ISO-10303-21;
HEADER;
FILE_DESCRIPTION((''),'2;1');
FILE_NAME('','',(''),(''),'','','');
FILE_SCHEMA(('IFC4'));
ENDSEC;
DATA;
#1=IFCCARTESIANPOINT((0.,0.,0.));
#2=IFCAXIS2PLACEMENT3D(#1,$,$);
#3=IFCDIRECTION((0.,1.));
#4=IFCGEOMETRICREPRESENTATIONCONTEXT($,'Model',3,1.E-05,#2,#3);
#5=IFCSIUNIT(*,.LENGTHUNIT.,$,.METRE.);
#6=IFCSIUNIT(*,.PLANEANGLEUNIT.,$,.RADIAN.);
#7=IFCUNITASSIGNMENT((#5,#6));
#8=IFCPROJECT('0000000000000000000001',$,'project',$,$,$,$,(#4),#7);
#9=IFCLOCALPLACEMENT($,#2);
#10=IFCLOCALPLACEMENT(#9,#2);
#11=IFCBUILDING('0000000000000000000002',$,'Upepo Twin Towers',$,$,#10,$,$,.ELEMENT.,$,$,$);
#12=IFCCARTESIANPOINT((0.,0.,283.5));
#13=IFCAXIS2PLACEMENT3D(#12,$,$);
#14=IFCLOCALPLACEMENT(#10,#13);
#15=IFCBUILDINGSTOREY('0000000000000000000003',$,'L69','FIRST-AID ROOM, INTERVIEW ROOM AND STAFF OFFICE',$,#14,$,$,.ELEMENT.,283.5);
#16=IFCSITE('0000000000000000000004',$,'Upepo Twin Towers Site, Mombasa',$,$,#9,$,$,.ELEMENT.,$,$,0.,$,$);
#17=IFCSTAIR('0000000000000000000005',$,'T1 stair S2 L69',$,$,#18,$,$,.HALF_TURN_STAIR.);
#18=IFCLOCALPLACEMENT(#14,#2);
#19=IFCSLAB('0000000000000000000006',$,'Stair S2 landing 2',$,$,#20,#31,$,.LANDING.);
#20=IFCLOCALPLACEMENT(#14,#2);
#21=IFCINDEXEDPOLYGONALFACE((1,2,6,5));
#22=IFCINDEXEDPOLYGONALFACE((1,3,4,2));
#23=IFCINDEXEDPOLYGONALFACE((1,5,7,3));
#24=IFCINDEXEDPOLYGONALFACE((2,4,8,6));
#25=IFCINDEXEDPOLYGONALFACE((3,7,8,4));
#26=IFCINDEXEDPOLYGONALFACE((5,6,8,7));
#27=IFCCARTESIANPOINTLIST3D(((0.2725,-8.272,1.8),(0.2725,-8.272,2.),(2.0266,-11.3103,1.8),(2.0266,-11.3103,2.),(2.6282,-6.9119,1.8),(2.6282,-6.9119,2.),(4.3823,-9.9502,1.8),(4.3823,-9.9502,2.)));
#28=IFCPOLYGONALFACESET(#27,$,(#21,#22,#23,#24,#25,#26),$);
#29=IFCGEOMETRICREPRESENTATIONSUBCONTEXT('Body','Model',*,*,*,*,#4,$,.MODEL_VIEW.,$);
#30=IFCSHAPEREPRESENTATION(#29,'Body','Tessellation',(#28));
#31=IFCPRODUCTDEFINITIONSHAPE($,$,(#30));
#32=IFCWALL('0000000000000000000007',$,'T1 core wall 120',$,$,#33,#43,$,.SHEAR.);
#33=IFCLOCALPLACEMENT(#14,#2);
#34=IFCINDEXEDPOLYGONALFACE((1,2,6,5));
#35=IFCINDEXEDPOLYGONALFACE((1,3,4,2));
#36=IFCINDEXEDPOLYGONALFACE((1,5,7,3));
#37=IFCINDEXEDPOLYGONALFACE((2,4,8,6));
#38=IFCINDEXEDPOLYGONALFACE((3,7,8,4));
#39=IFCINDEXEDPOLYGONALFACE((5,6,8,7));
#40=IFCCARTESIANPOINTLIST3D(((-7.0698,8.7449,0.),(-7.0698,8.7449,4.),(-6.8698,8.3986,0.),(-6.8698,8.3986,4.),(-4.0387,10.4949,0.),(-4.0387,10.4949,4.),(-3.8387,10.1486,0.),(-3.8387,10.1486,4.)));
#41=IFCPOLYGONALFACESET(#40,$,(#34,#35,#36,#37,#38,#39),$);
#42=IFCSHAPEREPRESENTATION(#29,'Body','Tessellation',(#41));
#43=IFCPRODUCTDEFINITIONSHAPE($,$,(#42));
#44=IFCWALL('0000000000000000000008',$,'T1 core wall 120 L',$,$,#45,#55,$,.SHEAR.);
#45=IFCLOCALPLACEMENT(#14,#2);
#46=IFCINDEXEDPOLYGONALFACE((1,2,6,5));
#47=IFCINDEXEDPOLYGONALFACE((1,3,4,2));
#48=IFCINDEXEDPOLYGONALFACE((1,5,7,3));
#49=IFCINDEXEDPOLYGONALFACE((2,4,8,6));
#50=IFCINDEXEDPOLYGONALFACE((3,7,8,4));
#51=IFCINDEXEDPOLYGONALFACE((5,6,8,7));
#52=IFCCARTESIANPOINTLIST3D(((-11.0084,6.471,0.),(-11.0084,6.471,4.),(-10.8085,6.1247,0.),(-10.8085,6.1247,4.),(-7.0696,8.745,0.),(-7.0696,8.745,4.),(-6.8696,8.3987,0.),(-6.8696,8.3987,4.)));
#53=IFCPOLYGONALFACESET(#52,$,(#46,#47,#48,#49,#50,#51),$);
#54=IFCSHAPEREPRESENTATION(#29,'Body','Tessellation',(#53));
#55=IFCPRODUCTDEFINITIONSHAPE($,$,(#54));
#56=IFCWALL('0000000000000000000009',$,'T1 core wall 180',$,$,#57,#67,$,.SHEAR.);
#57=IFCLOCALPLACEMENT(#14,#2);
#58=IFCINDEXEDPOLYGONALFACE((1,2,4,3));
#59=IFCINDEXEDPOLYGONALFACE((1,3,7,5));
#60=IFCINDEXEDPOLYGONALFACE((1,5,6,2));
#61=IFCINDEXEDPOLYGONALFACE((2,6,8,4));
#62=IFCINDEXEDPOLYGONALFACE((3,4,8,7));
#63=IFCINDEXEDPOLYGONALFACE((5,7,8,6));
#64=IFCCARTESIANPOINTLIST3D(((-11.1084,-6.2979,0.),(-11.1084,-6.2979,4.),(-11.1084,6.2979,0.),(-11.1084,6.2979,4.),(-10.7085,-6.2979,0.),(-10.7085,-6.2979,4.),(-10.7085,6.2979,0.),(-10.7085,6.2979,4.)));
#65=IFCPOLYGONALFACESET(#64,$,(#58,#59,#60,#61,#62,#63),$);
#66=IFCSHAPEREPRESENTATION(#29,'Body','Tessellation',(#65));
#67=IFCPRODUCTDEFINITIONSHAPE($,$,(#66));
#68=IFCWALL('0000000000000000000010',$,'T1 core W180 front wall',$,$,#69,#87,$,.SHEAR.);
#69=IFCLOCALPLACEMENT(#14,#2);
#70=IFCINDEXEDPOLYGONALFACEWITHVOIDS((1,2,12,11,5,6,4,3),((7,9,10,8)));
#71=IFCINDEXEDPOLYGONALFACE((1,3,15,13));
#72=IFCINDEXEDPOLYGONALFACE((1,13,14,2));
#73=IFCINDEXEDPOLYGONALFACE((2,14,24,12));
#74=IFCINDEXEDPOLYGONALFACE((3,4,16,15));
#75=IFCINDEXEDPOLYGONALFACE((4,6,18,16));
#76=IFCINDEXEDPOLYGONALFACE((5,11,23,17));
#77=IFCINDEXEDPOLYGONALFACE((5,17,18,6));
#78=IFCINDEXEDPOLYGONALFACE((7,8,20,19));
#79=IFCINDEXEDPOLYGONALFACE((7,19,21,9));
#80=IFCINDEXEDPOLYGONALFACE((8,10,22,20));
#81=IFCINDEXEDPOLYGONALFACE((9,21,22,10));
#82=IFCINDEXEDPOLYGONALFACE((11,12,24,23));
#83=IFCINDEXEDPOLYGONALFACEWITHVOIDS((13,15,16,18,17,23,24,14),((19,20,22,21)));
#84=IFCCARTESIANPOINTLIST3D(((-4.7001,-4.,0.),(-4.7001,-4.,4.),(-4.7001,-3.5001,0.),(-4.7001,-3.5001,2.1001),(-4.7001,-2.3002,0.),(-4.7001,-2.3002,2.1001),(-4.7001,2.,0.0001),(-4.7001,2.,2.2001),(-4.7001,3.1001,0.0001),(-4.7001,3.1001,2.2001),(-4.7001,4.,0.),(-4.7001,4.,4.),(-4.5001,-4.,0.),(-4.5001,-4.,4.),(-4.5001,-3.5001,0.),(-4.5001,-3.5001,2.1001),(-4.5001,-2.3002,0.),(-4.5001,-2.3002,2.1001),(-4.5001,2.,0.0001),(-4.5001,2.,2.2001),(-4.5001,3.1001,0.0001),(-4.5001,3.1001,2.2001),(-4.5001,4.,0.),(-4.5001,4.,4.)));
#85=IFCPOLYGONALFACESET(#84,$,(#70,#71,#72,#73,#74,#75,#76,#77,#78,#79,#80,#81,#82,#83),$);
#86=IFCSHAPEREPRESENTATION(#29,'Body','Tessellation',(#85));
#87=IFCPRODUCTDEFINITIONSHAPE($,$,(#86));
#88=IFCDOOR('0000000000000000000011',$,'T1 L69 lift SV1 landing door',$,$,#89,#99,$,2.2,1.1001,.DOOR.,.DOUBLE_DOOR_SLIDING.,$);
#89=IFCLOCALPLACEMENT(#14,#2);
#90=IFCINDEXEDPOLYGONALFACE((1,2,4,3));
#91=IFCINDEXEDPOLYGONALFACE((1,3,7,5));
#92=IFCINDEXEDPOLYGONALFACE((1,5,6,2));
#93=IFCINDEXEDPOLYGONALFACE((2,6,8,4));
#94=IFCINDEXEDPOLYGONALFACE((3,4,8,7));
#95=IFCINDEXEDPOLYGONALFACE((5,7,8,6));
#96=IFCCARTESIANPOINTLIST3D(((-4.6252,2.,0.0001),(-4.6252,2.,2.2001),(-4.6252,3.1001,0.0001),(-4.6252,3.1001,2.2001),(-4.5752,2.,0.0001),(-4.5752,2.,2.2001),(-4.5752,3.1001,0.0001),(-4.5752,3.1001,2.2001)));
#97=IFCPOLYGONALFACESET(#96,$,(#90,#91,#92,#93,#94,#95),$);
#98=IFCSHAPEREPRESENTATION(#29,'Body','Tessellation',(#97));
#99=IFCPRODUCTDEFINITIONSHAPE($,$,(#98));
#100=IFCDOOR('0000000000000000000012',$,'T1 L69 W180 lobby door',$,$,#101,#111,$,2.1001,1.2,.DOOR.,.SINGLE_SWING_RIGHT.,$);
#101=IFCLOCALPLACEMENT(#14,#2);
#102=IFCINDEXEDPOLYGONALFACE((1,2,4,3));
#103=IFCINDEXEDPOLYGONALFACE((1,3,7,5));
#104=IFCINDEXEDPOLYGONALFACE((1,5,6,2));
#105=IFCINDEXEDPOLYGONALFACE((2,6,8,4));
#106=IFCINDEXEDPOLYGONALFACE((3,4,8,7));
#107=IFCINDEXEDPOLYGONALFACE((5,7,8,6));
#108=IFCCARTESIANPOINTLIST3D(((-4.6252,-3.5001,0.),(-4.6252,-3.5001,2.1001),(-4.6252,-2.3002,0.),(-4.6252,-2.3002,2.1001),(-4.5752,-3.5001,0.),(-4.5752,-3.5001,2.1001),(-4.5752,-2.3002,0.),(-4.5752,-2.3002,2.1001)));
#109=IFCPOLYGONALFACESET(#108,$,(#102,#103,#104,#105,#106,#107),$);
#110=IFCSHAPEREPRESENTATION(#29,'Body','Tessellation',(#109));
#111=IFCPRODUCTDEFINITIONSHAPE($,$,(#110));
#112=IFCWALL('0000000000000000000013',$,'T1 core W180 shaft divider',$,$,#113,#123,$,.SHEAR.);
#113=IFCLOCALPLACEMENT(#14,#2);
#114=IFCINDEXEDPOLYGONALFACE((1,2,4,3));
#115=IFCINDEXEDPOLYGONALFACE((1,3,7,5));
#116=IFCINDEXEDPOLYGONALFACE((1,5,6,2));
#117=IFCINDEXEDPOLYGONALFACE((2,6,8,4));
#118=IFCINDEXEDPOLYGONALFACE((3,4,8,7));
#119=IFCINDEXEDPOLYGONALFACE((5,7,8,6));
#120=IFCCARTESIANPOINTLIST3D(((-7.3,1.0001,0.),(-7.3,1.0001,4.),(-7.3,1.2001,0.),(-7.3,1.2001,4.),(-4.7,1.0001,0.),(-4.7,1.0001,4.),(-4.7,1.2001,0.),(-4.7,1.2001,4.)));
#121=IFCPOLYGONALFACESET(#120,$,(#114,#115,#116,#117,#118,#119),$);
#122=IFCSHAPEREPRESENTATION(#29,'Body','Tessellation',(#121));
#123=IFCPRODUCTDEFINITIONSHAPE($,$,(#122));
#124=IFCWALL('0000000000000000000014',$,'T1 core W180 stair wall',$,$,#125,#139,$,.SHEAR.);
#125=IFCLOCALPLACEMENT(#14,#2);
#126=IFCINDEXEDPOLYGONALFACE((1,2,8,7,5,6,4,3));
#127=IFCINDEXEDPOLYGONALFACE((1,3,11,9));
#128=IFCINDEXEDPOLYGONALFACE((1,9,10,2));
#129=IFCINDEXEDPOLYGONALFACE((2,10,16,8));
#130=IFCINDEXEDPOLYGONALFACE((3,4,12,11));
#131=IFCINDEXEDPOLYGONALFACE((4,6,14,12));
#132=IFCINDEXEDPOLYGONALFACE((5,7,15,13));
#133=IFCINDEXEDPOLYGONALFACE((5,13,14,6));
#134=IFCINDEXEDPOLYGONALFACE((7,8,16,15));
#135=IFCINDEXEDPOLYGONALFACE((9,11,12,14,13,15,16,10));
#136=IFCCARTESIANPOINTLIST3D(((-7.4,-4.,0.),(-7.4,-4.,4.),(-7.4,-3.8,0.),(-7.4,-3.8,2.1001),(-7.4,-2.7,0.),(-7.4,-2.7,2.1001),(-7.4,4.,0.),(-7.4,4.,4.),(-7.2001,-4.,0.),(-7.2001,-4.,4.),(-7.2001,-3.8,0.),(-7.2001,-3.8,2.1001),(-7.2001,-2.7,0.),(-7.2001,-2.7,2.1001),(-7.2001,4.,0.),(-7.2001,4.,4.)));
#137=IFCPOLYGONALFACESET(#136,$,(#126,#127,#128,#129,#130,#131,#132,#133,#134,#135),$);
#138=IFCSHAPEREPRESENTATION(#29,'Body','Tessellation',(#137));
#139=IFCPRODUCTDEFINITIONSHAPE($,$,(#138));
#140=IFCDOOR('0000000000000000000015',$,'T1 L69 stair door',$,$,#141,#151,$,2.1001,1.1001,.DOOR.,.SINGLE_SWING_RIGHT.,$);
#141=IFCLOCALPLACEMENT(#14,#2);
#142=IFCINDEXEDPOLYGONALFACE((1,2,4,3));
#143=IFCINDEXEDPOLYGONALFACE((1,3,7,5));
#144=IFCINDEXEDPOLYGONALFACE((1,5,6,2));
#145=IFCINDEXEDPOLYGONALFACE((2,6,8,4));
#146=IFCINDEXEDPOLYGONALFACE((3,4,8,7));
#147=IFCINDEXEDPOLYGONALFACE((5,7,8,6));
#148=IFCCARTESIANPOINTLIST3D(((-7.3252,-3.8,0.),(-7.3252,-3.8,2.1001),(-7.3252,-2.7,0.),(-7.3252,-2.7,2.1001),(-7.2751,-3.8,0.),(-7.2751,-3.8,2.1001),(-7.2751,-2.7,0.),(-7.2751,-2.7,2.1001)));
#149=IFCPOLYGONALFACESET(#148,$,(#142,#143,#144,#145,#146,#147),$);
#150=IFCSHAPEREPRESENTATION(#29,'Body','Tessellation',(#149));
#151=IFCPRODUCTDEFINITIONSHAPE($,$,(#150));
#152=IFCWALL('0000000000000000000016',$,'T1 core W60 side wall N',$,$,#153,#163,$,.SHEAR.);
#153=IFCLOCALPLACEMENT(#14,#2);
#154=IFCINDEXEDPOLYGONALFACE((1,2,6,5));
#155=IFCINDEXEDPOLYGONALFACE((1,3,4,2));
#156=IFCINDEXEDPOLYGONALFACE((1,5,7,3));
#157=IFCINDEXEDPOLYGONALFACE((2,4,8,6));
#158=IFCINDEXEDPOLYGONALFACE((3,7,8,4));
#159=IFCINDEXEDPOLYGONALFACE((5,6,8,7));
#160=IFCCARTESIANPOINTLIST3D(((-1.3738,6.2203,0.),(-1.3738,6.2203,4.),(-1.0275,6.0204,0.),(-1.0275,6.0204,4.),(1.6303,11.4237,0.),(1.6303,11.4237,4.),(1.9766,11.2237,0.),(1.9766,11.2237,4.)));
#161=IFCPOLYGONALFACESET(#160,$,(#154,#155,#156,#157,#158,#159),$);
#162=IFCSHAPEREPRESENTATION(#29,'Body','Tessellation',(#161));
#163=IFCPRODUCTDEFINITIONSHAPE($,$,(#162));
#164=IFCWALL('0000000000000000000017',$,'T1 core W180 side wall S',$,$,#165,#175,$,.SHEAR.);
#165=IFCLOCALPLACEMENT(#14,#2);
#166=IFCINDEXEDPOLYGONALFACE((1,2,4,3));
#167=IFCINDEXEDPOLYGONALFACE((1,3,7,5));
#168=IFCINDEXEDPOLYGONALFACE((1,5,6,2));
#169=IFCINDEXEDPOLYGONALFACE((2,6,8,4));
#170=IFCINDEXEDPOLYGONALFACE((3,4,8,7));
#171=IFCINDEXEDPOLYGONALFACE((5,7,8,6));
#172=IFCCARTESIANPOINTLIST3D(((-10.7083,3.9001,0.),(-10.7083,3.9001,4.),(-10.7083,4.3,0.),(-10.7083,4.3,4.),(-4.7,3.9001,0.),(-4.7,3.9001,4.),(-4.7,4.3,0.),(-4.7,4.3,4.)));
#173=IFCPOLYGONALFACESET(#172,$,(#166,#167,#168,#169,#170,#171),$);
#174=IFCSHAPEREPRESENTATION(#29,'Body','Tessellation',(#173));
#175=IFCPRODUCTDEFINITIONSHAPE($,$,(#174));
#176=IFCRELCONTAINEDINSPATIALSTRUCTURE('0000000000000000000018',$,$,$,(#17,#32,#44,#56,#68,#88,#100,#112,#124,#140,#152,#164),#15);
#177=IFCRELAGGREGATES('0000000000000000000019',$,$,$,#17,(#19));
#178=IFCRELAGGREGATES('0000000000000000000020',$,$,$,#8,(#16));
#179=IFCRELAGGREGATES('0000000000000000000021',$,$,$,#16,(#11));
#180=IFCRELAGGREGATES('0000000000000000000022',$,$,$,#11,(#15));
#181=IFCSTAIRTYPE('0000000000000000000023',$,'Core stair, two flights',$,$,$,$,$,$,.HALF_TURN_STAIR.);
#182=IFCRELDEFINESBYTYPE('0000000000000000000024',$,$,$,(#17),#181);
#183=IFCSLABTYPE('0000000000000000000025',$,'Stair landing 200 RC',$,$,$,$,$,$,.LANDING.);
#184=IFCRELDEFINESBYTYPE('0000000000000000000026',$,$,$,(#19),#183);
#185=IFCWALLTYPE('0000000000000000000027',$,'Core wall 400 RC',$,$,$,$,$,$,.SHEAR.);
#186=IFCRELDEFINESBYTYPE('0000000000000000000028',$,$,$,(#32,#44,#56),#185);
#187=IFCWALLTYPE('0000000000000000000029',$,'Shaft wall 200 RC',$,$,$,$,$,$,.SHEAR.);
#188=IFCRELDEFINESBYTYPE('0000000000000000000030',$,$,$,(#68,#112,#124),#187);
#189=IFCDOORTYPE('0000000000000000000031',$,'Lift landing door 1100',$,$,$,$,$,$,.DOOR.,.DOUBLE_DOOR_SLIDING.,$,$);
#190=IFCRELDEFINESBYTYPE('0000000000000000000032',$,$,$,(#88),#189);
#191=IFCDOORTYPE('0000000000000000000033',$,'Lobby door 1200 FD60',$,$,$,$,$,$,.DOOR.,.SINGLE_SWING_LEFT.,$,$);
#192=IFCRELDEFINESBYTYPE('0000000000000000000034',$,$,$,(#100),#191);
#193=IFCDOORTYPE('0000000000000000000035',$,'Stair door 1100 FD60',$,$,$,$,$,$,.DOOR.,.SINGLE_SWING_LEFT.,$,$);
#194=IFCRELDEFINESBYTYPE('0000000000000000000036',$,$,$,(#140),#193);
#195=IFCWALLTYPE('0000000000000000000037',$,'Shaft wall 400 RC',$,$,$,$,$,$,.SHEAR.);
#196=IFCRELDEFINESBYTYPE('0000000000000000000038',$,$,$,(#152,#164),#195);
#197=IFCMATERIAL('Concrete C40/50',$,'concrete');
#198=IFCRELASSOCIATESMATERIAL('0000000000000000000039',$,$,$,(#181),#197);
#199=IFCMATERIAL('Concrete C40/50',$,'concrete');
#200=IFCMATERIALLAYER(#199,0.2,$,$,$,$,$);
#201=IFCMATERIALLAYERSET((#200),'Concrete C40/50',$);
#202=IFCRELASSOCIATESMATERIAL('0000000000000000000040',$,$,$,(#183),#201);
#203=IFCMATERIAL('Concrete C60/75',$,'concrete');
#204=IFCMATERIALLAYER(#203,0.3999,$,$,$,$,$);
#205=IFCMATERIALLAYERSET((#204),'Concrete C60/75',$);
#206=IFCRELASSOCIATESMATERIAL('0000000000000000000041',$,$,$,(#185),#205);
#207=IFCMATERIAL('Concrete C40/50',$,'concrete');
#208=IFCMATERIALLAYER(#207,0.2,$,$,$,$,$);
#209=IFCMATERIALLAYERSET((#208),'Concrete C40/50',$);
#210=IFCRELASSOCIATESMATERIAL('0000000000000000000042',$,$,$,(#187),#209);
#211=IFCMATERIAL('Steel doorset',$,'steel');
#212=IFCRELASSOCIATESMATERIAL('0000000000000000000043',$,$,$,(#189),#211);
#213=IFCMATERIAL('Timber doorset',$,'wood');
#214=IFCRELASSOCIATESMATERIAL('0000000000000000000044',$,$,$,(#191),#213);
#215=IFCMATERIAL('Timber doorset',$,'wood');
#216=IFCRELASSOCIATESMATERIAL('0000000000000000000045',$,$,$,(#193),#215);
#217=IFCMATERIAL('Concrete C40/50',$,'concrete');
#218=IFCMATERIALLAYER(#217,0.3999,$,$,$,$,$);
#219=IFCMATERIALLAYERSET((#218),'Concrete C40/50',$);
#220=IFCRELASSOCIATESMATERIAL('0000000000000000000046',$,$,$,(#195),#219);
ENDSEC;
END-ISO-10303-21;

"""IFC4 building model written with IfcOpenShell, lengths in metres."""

from ifc_helpers import new_model, si_unit, direction, frame, frame_2d, origin, place, context, subcontext, project, spatial, polyline, rectangle, outline, extrude, material, layer, layer_set, type_object, element, fill, aggregate, save


model = new_model("IFC4")

# Units and contexts
model_context = context("Model", 3, precision=1e-05, world=origin(), true_north=direction((0.0, 1.0)))
body_context = subcontext(model_context, "Body", "Model", "MODEL_VIEW")
ifc_project = project(units=[si_unit("LENGTHUNIT", "METRE"), si_unit("PLANEANGLEUNIT", "RADIAN")], contexts=[model_context])

# Site, building, storey
site_placement = place(None, origin())
site = spatial("IfcSite", under=ifc_project, at=site_placement, Name="Upepo Twin Towers Site, Mombasa", CompositionType="ELEMENT", RefElevation=0.0)
building_placement = place(site_placement, origin())
building = spatial("IfcBuilding", under=site, at=building_placement, Name="Upepo Twin Towers", CompositionType="ELEMENT")
storey_placement = place(building_placement, frame((0.0, 0.0, 283.5)))
storey = spatial("IfcBuildingStorey", under=building, at=storey_placement, Name="L69", Description="FIRST-AID ROOM, INTERVIEW ROOM AND STAFF OFFICE", CompositionType="ELEMENT", Elevation=283.5)

# Stair, slab
ifc_material_1 = material(Name="Concrete C40/50", Category="concrete")
stair_type = type_object("IfcStairType", Name="Core stair, two flights", PredefinedType="HALF_TURN_STAIR", material=ifc_material_1)
stair_1_placement = place(storey_placement, origin())
stair_1 = element("IfcStair", 1, at=stair_1_placement, inside=storey, type_object=stair_type, Name="T1 stair S2 L69", PredefinedType="HALF_TURN_STAIR")
ifc_material_2 = material(Name="Concrete C40/50", Category="concrete")
ifc_layer_1 = layer(ifc_material_2, 0.2)
ifc_layer_set_1 = layer_set([ifc_layer_1], Name="Concrete C40/50")
slab_type = type_object("IfcSlabType", Name="Stair landing 200 RC", PredefinedType="LANDING", material=ifc_layer_set_1)
slab_placement = place(storey_placement, frame((0.0, 0.0, 1.8)))
slab = element("IfcSlab", 2, at=slab_placement, type_object=slab_type, Name="Stair S2 landing 2", PredefinedType="LANDING", context=body_context, shape_type="SweptSolid", body=[
    extrude(outline(polyline([(0.2725, -8.272), (2.0266, -11.3103), (4.3823, -9.9502), (2.6282, -6.9119), (0.2725, -8.272)])), origin(), (0.0, 0.0, 1.0), 0.2),
])
aggregate(stair_1, [slab])

# Walls
ifc_material_3 = material(Name="Concrete C60/75", Category="concrete")
ifc_layer_2 = layer(ifc_material_3, 0.3999)
ifc_layer_set_2 = layer_set([ifc_layer_2], Name="Concrete C60/75")
wall_type_1 = type_object("IfcWallType", Name="Core wall 400 RC", PredefinedType="SHEAR", material=ifc_layer_set_2)
wall_1_placement = place(storey_placement, frame((-3.9387, 10.3218, 0.0), z_axis=(0.0, 0.0, 1.0), x_axis=(-0.866019, -0.50001, 0.0)))
element("IfcWall", 3, at=wall_1_placement, inside=storey, type_object=wall_type_1, Name="T1 core wall 120", PredefinedType="SHEAR", context=body_context, shape_type="SweptSolid", body=[
    extrude(rectangle(XDim=3.5, YDim=0.3999, at=frame_2d((1.75, 0.0))), origin(), (0.0, 0.0, 1.0), 4.0),
])
wall_2_placement = place(storey_placement, frame((-6.9697, 8.5718, 0.0), z_axis=(0.0, 0.0, 1.0), x_axis=(-0.866035, -0.499984, 0.0)))
element("IfcWall", 4, at=wall_2_placement, inside=storey, type_object=wall_type_1, Name="T1 core wall 120 L", PredefinedType="SHEAR", context=body_context, shape_type="SweptSolid", body=[
    extrude(rectangle(XDim=4.5481, YDim=0.3999, at=frame_2d((2.2739, 0.0))), origin(), (0.0, 0.0, 1.0), 4.0),
])
wall_3_placement = place(storey_placement, frame((-10.9084, 6.2979, 0.0), z_axis=(0.0, 0.0, 1.0), x_axis=(0.0, -1.0, 0.0)))
element("IfcWall", 5, at=wall_3_placement, inside=storey, type_object=wall_type_1, Name="T1 core wall 180", PredefinedType="SHEAR", context=body_context, shape_type="SweptSolid", body=[
    extrude(rectangle(XDim=12.5957, YDim=0.3999, at=frame_2d((6.2979, 0.0))), origin(), (0.0, 0.0, 1.0), 4.0),
])

# Wall, openings, doors
ifc_material_4 = material(Name="Concrete C40/50", Category="concrete")
ifc_layer_3 = layer(ifc_material_4, 0.2)
ifc_layer_set_3 = layer_set([ifc_layer_3], Name="Concrete C40/50")
wall_type_2 = type_object("IfcWallType", Name="Shaft wall 200 RC", PredefinedType="SHEAR", material=ifc_layer_set_3)
wall_4_placement = place(storey_placement, frame((-4.6001, 4.0, 0.0), z_axis=(0.0, 0.0, 1.0), x_axis=(0.0, -1.0, 0.0)))
wall_4 = element("IfcWall", 6, at=wall_4_placement, inside=storey, type_object=wall_type_2, Name="T1 core W180 front wall", PredefinedType="SHEAR", context=body_context, shape_type="SweptSolid", body=[
    extrude(rectangle(XDim=8.0, YDim=0.2, at=frame_2d((4.0, 0.0))), origin(), (0.0, 0.0, 1.0), 4.0),
])
opening_1_placement = place(wall_4_placement, frame((6.3, 0.0, 0.0)))
opening_1 = element("IfcOpeningElement", 7, at=opening_1_placement, cuts=wall_4, PredefinedType="OPENING", context=body_context, shape_type="SweptSolid", body=[
    extrude(rectangle(XDim=1.2, YDim=2.1001, at=frame_2d((0.6001, 1.05))), frame((0.0, 0.1099, 0.0), z_axis=(0.0, -1.0, 0.0), x_axis=(1.0, 0.0, 0.0)), (0.0, 0.0, 1.0), 0.22),
])
opening_2_placement = place(wall_4_placement, frame((0.8999, 0.0, 0.0)))
opening_2 = element("IfcOpeningElement", 8, at=opening_2_placement, cuts=wall_4, PredefinedType="OPENING", context=body_context, shape_type="SweptSolid", body=[
    extrude(rectangle(XDim=1.1001, YDim=2.2, at=frame_2d((0.55, 1.1001))), frame((0.0, 0.1099, 0.0), z_axis=(0.0, -1.0, 0.0), x_axis=(1.0, 0.0, 0.0)), (0.0, 0.0, 1.0), 0.22),
])
ifc_material_5 = material(Name="Steel doorset", Category="steel")
door_type_1 = type_object("IfcDoorType", Name="Lift landing door 1100", OperationType="DOUBLE_DOOR_SLIDING", PredefinedType="DOOR", material=ifc_material_5)
door_1_placement = place(opening_2_placement, origin())
door_1 = element("IfcDoor", 9, at=door_1_placement, inside=storey, type_object=door_type_1, Name="T1 L69 lift SV1 landing door", OperationType="DOUBLE_DOOR_SLIDING", OverallHeight=2.2, OverallWidth=1.1001, PredefinedType="DOOR", context=body_context, shape_type="SweptSolid", body=[
    extrude(rectangle(XDim=1.1001, YDim=2.2, at=frame_2d((0.55, 1.1001))), frame((0.0, 0.0249, 0.0), z_axis=(0.0, -1.0, 0.0), x_axis=(1.0, 0.0, 0.0)), (0.0, 0.0, 1.0), 0.05),
])
fill(opening_2, door_1)
ifc_material_6 = material(Name="Timber doorset", Category="wood")
door_type_2 = type_object("IfcDoorType", Name="Lobby door 1200 FD60", OperationType="SINGLE_SWING_LEFT", PredefinedType="DOOR", material=ifc_material_6)
door_2_placement = place(opening_1_placement, origin())
door_2 = element("IfcDoor", 10, at=door_2_placement, inside=storey, type_object=door_type_2, Name="T1 L69 W180 lobby door", OperationType="SINGLE_SWING_RIGHT", OverallHeight=2.1001, OverallWidth=1.2, PredefinedType="DOOR", context=body_context, shape_type="SweptSolid", body=[
    extrude(rectangle(XDim=1.2, YDim=2.1001, at=frame_2d((0.6001, 1.05))), frame((0.0, 0.0249, 0.0), z_axis=(0.0, -1.0, 0.0), x_axis=(1.0, 0.0, 0.0)), (0.0, 0.0, 1.0), 0.05),
])
fill(opening_1, door_2)

# Wall
wall_5_placement = place(storey_placement, frame((-4.7, 1.1001, 0.0), z_axis=(0.0, 0.0, 1.0), x_axis=(-1.0, 0.0, 0.0)))
element("IfcWall", 11, at=wall_5_placement, inside=storey, type_object=wall_type_2, Name="T1 core W180 shaft divider", PredefinedType="SHEAR", context=body_context, shape_type="SweptSolid", body=[
    extrude(rectangle(XDim=2.6001, YDim=0.2, at=frame_2d((1.3, 0.0))), origin(), (0.0, 0.0, 1.0), 4.0),
])

# Wall, opening, door
wall_6_placement = place(storey_placement, frame((-7.3, 4.0, 0.0), z_axis=(0.0, 0.0, 1.0), x_axis=(0.0, -1.0, 0.0)))
wall_6 = element("IfcWall", 12, at=wall_6_placement, inside=storey, type_object=wall_type_2, Name="T1 core W180 stair wall", PredefinedType="SHEAR", context=body_context, shape_type="SweptSolid", body=[
    extrude(rectangle(XDim=8.0, YDim=0.2, at=frame_2d((4.0, 0.0))), origin(), (0.0, 0.0, 1.0), 4.0),
])
opening_3_placement = place(wall_6_placement, frame((6.7, 0.0, 0.0)))
opening_3 = element("IfcOpeningElement", 13, at=opening_3_placement, cuts=wall_6, PredefinedType="OPENING", context=body_context, shape_type="SweptSolid", body=[
    extrude(rectangle(XDim=1.1001, YDim=2.1001, at=frame_2d((0.55, 1.05))), frame((0.0, 0.1099, 0.0), z_axis=(0.0, -1.0, 0.0), x_axis=(1.0, 0.0, 0.0)), (0.0, 0.0, 1.0), 0.22),
])
ifc_material_7 = material(Name="Timber doorset", Category="wood")
door_type_3 = type_object("IfcDoorType", Name="Stair door 1100 FD60", OperationType="SINGLE_SWING_LEFT", PredefinedType="DOOR", material=ifc_material_7)
door_3_placement = place(opening_3_placement, origin())
door_3 = element("IfcDoor", 14, at=door_3_placement, inside=storey, type_object=door_type_3, Name="T1 L69 stair door", OperationType="SINGLE_SWING_RIGHT", OverallHeight=2.1001, OverallWidth=1.1001, PredefinedType="DOOR", context=body_context, shape_type="SweptSolid", body=[
    extrude(rectangle(XDim=1.1001, YDim=2.1001, at=frame_2d((0.55, 1.05))), frame((0.0, 0.0249, 0.0), z_axis=(0.0, -1.0, 0.0), x_axis=(1.0, 0.0, 0.0)), (0.0, 0.0, 1.0), 0.05),
])
fill(opening_3, door_3)

# Walls
ifc_material_8 = material(Name="Concrete C40/50", Category="concrete")
ifc_layer_4 = layer(ifc_material_8, 0.3999)
ifc_layer_set_4 = layer_set([ifc_layer_4], Name="Concrete C40/50")
wall_type_3 = type_object("IfcWallType", Name="Shaft wall 400 RC", PredefinedType="SHEAR", material=ifc_layer_set_4)
for number, where, z_axis, x_axis, name in (
    (15, (-1.2007, 6.1204, 0.0), (0.0, 0.0, 1.0), (0.499998, 0.866027, 0.0), "T1 core W60 side wall N"),
    (16, (-4.7, 4.1001, 0.0), (0.0, 0.0, 1.0), (-1.0, 0.0, 0.0), "T1 core W180 side wall S"),
):
    element("IfcWall", number, at=place(storey_placement, frame(where, z_axis=z_axis, x_axis=x_axis)), inside=storey, type_object=wall_type_3, Name=name, PredefinedType="SHEAR", context=body_context, shape_type="SweptSolid", body=[
        extrude(rectangle(XDim=6.0083, YDim=0.3999, at=frame_2d((3.0042, 0.0))), origin(), (0.0, 0.0, 1.0), 4.0),
    ])

save(model, "model.ifc")
